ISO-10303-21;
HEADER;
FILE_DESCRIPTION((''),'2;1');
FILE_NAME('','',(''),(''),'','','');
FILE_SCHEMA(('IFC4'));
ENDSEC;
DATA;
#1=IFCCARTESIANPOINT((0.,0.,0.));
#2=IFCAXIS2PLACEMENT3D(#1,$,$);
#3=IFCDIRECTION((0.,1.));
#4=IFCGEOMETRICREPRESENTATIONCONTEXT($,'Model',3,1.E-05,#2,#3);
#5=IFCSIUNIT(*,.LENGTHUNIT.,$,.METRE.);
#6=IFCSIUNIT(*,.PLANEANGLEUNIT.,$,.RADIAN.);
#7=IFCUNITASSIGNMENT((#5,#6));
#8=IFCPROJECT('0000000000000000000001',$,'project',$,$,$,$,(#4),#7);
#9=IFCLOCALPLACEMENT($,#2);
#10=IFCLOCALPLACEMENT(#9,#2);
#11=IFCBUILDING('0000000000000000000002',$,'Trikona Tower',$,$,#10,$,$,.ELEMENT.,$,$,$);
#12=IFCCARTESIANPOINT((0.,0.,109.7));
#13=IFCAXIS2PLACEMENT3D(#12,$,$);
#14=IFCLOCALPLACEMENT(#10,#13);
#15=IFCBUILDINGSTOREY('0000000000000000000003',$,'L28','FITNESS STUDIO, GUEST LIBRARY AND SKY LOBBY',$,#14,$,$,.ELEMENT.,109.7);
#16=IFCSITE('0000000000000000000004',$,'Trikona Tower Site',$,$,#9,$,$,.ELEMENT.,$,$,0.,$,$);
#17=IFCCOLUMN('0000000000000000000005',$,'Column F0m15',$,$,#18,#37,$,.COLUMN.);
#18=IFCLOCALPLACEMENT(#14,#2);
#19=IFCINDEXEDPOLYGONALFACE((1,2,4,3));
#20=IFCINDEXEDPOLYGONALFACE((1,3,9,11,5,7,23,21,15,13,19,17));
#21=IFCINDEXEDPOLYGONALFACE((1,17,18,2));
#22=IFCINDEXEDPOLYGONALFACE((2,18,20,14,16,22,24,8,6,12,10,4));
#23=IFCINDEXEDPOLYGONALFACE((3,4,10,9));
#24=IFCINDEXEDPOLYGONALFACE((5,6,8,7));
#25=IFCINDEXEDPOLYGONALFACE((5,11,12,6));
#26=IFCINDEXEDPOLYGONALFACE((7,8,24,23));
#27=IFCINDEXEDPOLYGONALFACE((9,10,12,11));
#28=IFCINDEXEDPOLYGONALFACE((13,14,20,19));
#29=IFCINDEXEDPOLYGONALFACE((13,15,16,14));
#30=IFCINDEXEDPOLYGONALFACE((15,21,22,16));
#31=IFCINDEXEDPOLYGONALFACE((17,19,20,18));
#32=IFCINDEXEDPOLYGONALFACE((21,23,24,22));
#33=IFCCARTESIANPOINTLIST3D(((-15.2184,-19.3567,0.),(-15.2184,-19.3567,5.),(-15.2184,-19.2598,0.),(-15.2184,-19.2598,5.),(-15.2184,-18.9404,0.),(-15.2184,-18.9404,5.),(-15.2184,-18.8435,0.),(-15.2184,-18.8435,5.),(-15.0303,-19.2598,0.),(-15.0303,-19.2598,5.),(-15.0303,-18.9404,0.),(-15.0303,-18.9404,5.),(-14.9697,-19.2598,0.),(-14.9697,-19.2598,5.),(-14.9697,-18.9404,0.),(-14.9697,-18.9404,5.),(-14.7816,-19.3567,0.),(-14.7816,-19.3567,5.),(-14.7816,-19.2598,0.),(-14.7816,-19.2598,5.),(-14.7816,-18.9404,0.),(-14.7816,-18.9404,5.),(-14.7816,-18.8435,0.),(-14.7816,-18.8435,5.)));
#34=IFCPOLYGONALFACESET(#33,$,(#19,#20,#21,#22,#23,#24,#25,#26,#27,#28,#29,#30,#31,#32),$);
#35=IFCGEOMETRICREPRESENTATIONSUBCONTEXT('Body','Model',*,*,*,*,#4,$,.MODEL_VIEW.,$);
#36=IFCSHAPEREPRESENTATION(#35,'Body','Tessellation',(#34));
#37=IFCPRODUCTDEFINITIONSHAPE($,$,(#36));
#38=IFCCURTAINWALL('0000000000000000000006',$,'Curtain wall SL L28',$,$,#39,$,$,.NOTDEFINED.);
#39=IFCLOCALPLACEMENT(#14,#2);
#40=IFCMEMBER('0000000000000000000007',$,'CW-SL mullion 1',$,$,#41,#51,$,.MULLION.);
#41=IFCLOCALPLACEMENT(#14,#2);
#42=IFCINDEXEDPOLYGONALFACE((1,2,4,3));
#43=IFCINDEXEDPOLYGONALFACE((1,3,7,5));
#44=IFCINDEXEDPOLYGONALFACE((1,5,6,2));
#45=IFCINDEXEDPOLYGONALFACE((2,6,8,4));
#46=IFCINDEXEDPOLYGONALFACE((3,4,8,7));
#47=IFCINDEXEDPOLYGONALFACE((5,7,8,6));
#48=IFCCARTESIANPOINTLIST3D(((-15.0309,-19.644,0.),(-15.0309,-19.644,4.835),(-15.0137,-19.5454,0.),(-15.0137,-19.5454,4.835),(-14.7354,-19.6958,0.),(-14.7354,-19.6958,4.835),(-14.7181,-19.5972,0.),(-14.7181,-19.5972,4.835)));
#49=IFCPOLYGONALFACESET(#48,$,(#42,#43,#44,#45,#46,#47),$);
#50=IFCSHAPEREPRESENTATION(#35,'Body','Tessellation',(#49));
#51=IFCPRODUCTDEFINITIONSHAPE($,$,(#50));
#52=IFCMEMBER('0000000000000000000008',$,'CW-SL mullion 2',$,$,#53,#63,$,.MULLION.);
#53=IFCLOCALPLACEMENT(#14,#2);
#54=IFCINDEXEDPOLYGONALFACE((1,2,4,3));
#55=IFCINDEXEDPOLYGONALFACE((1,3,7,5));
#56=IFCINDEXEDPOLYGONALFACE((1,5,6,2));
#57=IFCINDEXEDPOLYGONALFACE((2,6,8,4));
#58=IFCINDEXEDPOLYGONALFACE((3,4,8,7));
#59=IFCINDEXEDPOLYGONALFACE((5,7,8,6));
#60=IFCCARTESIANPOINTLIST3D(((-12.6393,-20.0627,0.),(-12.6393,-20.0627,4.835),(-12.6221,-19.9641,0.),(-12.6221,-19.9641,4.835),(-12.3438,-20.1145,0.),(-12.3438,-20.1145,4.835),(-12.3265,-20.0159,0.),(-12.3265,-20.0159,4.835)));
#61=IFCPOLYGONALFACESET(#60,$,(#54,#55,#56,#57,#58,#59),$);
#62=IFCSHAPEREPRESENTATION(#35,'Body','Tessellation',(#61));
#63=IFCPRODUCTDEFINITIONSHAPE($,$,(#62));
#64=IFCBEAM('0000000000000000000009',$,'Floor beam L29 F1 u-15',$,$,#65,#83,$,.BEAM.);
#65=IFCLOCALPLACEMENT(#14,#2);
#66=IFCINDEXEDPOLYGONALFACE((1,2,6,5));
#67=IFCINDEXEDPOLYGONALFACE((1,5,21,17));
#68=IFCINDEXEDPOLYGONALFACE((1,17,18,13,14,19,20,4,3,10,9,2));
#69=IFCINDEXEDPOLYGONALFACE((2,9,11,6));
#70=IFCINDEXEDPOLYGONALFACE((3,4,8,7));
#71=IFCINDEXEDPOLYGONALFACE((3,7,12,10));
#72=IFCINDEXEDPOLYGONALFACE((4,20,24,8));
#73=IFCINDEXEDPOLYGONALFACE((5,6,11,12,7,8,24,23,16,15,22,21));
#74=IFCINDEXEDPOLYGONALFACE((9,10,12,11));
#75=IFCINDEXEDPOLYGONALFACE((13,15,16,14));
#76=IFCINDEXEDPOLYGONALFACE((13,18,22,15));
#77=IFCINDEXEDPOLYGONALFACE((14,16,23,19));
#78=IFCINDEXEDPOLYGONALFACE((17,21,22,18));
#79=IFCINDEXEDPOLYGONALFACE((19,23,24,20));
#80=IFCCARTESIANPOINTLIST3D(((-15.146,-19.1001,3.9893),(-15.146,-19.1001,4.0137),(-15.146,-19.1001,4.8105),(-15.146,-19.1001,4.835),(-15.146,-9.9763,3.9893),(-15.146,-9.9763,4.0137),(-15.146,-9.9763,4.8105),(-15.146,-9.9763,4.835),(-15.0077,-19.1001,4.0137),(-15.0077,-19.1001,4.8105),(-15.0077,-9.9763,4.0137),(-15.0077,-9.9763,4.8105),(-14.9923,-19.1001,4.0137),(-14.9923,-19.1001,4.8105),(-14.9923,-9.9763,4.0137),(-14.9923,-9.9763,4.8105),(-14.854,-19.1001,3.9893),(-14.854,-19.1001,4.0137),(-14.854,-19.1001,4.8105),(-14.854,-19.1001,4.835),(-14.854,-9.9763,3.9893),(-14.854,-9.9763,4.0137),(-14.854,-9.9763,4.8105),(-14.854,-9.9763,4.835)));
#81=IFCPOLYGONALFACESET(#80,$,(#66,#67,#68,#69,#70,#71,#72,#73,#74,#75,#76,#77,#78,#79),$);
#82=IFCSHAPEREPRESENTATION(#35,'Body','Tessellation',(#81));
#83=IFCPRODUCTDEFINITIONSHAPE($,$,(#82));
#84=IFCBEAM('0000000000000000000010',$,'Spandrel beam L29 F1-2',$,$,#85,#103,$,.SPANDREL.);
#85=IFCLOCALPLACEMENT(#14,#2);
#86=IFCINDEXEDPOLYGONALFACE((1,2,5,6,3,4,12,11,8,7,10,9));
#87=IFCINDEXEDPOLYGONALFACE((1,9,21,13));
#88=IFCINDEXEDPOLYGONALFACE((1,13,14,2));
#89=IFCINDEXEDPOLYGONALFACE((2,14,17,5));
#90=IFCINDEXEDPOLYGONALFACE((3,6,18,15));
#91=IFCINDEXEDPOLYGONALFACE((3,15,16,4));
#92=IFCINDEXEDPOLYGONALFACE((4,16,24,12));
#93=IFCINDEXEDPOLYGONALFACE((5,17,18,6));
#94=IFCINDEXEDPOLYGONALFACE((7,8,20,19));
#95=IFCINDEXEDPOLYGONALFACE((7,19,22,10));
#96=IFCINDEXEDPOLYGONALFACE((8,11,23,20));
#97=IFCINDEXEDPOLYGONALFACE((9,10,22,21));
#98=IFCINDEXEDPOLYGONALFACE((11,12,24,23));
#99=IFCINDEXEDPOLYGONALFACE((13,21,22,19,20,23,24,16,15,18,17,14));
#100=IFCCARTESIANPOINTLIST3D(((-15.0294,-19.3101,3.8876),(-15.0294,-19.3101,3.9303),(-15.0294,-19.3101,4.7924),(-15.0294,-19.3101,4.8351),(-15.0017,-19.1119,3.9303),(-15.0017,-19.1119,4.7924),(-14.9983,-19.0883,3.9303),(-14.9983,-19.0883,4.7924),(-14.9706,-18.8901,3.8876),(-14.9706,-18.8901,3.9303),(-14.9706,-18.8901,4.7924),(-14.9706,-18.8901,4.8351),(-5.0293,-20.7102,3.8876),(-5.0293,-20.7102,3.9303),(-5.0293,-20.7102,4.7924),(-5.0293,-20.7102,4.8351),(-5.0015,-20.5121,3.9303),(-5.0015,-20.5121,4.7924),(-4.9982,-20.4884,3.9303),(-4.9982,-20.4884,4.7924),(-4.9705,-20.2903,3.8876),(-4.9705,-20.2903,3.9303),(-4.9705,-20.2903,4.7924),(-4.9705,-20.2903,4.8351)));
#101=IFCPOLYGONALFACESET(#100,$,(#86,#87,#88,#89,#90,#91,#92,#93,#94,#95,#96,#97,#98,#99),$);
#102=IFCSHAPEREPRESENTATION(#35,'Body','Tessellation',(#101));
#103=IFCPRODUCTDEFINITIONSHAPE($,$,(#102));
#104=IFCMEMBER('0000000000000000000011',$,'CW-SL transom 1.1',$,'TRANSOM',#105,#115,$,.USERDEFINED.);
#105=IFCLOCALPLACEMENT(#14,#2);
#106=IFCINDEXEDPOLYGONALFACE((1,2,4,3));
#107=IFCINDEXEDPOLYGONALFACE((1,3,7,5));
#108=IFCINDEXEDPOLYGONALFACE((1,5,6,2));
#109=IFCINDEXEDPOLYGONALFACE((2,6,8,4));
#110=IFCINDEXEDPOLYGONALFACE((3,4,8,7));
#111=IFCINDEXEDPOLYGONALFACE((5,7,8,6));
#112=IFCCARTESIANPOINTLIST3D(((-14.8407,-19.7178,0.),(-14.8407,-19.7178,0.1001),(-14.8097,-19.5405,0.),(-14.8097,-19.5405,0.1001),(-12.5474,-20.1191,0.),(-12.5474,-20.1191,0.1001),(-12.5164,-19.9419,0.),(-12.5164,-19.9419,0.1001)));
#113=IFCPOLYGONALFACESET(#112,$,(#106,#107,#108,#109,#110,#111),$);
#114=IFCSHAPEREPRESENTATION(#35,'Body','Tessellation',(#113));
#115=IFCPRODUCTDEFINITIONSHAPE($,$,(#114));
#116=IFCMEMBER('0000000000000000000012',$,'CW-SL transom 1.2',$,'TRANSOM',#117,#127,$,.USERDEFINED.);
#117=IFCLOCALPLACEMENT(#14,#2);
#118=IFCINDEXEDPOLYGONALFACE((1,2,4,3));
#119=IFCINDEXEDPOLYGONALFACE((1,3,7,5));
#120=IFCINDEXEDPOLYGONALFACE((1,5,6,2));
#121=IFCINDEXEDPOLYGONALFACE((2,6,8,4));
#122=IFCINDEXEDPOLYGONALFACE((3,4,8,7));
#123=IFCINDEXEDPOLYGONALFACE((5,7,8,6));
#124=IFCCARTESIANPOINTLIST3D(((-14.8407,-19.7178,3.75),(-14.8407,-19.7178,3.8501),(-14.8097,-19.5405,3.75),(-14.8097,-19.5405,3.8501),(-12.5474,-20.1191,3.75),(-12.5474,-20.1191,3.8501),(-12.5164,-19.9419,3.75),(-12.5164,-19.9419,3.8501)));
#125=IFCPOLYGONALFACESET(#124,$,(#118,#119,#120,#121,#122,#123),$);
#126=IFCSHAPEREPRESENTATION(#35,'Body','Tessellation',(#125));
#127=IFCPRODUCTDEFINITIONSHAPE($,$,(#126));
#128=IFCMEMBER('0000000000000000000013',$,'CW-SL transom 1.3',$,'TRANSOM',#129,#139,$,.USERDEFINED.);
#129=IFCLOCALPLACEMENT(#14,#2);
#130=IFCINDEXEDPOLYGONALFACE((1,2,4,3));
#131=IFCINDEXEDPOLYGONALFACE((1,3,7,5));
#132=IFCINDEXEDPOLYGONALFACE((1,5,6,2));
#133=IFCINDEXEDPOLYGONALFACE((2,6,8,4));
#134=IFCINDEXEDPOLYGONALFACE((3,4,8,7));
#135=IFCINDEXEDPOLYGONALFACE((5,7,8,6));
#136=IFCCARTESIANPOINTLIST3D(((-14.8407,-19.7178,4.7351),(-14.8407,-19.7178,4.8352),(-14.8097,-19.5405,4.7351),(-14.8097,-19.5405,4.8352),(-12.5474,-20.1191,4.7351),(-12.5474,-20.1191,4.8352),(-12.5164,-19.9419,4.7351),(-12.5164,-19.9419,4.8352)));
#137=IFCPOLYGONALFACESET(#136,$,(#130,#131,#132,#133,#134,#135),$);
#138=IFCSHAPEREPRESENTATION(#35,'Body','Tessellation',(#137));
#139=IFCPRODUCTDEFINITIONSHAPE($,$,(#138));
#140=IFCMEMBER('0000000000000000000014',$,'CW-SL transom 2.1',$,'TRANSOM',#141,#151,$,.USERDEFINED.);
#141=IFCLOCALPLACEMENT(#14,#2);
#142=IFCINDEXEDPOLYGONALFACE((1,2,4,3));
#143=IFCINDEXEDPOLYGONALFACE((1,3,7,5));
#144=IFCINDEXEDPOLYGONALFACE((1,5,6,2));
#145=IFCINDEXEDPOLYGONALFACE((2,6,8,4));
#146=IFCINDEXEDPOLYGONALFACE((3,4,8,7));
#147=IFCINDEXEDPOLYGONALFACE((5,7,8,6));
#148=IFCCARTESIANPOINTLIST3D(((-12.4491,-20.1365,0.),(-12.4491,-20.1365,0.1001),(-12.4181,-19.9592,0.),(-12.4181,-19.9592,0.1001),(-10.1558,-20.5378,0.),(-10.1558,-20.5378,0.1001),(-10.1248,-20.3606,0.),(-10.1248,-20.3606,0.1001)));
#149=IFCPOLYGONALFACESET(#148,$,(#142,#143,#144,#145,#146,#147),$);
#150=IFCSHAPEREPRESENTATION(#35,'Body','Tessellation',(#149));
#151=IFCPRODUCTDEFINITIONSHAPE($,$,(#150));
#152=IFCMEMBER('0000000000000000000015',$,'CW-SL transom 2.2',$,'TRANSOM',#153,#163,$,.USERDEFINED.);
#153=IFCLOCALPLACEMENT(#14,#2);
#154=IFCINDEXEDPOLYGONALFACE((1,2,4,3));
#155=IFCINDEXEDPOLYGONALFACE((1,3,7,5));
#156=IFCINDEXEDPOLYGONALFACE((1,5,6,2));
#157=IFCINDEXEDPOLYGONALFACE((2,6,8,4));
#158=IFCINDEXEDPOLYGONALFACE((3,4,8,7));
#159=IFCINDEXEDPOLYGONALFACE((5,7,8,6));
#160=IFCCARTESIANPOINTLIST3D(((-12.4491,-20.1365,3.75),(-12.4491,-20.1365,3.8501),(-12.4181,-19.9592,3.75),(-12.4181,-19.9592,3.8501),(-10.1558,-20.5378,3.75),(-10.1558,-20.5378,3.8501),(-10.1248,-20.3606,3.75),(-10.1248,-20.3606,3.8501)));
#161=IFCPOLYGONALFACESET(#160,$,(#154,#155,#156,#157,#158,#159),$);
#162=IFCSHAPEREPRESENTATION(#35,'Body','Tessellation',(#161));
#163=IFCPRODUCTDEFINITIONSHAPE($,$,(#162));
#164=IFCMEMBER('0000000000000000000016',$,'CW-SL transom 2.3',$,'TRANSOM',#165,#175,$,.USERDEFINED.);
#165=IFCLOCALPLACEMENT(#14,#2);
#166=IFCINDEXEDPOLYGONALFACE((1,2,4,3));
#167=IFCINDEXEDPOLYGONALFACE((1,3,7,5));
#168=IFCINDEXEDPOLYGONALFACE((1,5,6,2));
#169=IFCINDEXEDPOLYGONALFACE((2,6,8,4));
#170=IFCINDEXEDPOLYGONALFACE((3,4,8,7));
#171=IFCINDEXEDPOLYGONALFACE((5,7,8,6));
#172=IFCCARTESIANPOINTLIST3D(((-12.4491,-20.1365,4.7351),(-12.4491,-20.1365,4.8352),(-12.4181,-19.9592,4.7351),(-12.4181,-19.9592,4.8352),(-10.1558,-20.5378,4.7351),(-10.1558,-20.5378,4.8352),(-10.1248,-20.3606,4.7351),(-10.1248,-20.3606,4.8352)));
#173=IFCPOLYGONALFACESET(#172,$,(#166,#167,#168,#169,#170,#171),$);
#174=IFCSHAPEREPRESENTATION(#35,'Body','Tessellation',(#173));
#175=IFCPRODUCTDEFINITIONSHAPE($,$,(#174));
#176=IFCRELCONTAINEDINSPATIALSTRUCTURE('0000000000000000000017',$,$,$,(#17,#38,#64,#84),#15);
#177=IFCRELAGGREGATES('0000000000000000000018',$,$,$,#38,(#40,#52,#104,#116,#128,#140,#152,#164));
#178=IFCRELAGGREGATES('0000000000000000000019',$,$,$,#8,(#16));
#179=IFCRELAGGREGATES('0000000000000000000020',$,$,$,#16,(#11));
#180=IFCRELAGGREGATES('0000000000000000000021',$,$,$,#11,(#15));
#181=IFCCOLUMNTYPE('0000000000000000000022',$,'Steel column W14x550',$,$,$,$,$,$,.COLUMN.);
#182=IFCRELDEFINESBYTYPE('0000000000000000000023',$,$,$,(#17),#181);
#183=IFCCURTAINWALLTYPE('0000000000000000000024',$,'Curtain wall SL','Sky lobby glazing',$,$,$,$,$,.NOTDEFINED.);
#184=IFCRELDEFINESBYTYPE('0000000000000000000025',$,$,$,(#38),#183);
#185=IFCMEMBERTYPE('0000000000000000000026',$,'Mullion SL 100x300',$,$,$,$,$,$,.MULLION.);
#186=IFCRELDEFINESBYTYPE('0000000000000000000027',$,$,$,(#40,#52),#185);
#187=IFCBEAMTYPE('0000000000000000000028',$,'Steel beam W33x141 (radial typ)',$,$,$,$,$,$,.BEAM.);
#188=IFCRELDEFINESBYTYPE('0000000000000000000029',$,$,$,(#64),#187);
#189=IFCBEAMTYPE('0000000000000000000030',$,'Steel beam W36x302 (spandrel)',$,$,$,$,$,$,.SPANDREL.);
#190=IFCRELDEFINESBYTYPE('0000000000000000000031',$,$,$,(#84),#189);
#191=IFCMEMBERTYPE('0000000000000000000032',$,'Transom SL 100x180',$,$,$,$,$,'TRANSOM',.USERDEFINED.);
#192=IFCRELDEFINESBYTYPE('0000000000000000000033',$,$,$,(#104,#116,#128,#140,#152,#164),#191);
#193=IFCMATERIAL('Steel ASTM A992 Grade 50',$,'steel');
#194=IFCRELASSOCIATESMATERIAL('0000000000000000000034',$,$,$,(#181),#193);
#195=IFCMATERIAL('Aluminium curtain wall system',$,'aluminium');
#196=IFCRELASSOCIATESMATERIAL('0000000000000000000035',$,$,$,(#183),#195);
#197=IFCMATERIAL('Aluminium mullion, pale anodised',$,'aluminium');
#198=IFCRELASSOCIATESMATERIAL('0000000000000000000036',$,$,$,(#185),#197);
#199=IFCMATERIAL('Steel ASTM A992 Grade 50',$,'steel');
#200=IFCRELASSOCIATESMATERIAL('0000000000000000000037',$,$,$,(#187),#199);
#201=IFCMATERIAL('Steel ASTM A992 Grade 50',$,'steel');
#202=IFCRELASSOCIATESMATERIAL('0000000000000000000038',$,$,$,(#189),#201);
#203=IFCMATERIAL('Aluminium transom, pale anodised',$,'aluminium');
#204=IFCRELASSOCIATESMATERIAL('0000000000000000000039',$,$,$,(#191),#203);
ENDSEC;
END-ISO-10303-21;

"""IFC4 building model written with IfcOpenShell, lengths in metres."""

from ifc_helpers import new_model, si_unit, direction, frame, origin, origin_2d, place, context, subcontext, project, spatial, rectangle, i_section, extrude, material, material_profile, profile_set, type_object, element, aggregate, save


model = new_model("IFC4")

# Units and contexts
model_context = context("Model", 3, precision=1e-05, world=origin(), true_north=direction((0.0, 1.0)))
body_context = subcontext(model_context, "Body", "Model", "MODEL_VIEW")
ifc_project = project(units=[si_unit("LENGTHUNIT", "METRE"), si_unit("PLANEANGLEUNIT", "RADIAN")], contexts=[model_context])

# Site, building, storey
site_placement = place(None, origin())
site = spatial("IfcSite", under=ifc_project, at=site_placement, Name="Trikona Tower Site", CompositionType="ELEMENT", RefElevation=0.0)
building_placement = place(site_placement, origin())
building = spatial("IfcBuilding", under=site, at=building_placement, Name="Trikona Tower", CompositionType="ELEMENT")
storey_placement = place(building_placement, frame((0.0, 0.0, 109.7)))
storey = spatial("IfcBuildingStorey", under=building, at=storey_placement, Name="L28", Description="FITNESS STUDIO, GUEST LIBRARY AND SKY LOBBY", CompositionType="ELEMENT", Elevation=109.7)

# Column
ifc_material_1 = material(Name="Steel ASTM A992 Grade 50", Category="steel")
ifc_material_profile_1 = material_profile(ifc_material_1, i_section(OverallWidth=0.4368, OverallDepth=0.5132, WebThickness=0.0605, FlangeThickness=0.0969, at=origin_2d()), Name="W14X550")
ifc_profile_set_1 = profile_set([ifc_material_profile_1], Name="Steel ASTM A992 Grade 50")
column_type = type_object("IfcColumnType", Name="Steel column W14x550", PredefinedType="COLUMN", material=ifc_profile_set_1)
column_placement = place(storey_placement, frame((-15.0, -19.1001, 0.0), z_axis=(0.0, 0.0, 1.0), x_axis=(1.0, 0.0, 0.0)))
element("IfcColumn", 1, at=column_placement, inside=storey, type_object=column_type, Name="Column F0m15", PredefinedType="COLUMN", context=body_context, shape_type="SweptSolid", body=[
    extrude(i_section(OverallWidth=0.4368, OverallDepth=0.5132, WebThickness=0.0605, FlangeThickness=0.0969, at=origin_2d()), origin(), (0.0, 0.0, 1.0), 5.0),
])

# Curtain wall, members
ifc_material_2 = material(Name="Aluminium curtain wall system", Category="aluminium")
curtain_wall_type = type_object("IfcCurtainWallType", Name="Curtain wall SL", Description="Sky lobby glazing", PredefinedType="NOTDEFINED", material=ifc_material_2)
curtain_wall_placement = place(storey_placement, origin())
curtain_wall = element("IfcCurtainWall", 2, at=curtain_wall_placement, inside=storey, type_object=curtain_wall_type, Name="Curtain wall SL L28", PredefinedType="NOTDEFINED")
ifc_material_3 = material(Name="Aluminium mullion, pale anodised", Category="aluminium")
ifc_material_profile_2 = material_profile(ifc_material_3, rectangle(XDim=0.1001, YDim=0.3, at=origin_2d()), Name="MUL-SL")
ifc_profile_set_2 = profile_set([ifc_material_profile_2], Name="Aluminium mullion, pale anodised")
member_type_1 = type_object("IfcMemberType", Name="Mullion SL 100x300", PredefinedType="MULLION", material=ifc_profile_set_2)
member_1_placement = place(storey_placement, frame((-14.8745, -19.6206, 0.0), z_axis=(0.0, 0.0, 1.0), x_axis=(0.172397, 0.985028, 0.0)))
member_1 = element("IfcMember", 3, at=member_1_placement, type_object=member_type_1, Name="CW-SL mullion 1", PredefinedType="MULLION", context=body_context, shape_type="SweptSolid", body=[
    extrude(rectangle(XDim=0.1001, YDim=0.3, at=origin_2d()), origin(), (0.0, 0.0, 1.0), 4.835),
])
member_2_placement = place(storey_placement, frame((-12.4829, -20.0393, 0.0), z_axis=(0.0, 0.0, 1.0), x_axis=(0.172397, 0.985028, 0.0)))
member_2 = element("IfcMember", 4, at=member_2_placement, type_object=member_type_1, Name="CW-SL mullion 2", PredefinedType="MULLION", context=body_context, shape_type="SweptSolid", body=[
    extrude(rectangle(XDim=0.1001, YDim=0.3, at=origin_2d()), origin(), (0.0, 0.0, 1.0), 4.835),
])

# Beams
ifc_material_4 = material(Name="Steel ASTM A992 Grade 50", Category="steel")
ifc_material_profile_3 = material_profile(ifc_material_4, i_section(OverallWidth=0.292, OverallDepth=0.8457, WebThickness=0.0154, FlangeThickness=0.0244, at=origin_2d()), Name="W33X141")
ifc_profile_set_3 = profile_set([ifc_material_profile_3], Name="Steel ASTM A992 Grade 50")
beam_type_1 = type_object("IfcBeamType", Name="Steel beam W33x141 (radial typ)", PredefinedType="BEAM", material=ifc_profile_set_3)
beam_1_placement = place(storey_placement, frame((-15.0, -9.9763, 4.4121), z_axis=(0.0, -1.0, 0.0), x_axis=(1.0, 0.0, 0.0)))
element("IfcBeam", 5, at=beam_1_placement, inside=storey, type_object=beam_type_1, Name="Floor beam L29 F1 u-15", PredefinedType="BEAM", context=body_context, shape_type="SweptSolid", body=[
    extrude(i_section(OverallWidth=0.292, OverallDepth=0.8457, WebThickness=0.0154, FlangeThickness=0.0244, at=origin_2d()), origin(), (0.0, 0.0, 1.0), 9.1238),
])
ifc_material_5 = material(Name="Steel ASTM A992 Grade 50", Category="steel")
ifc_material_profile_4 = material_profile(ifc_material_5, i_section(OverallWidth=0.4241, OverallDepth=0.9475, WebThickness=0.0239, FlangeThickness=0.0427, at=origin_2d()), Name="W36X302")
ifc_profile_set_4 = profile_set([ifc_material_profile_4], Name="Steel ASTM A992 Grade 50")
beam_type_2 = type_object("IfcBeamType", Name="Steel beam W36x302 (spandrel)", PredefinedType="SPANDREL", material=ifc_profile_set_4)
beam_2_placement = place(storey_placement, frame((-15.0, -19.1001, 4.3613), z_axis=(0.99034, -0.138662, 0.0), x_axis=(0.138662, 0.99034, 0.0)))
element("IfcBeam", 6, at=beam_2_placement, inside=storey, type_object=beam_type_2, Name="Spandrel beam L29 F1-2", PredefinedType="SPANDREL", context=body_context, shape_type="SweptSolid", body=[
    extrude(i_section(OverallWidth=0.4241, OverallDepth=0.9475, WebThickness=0.0239, FlangeThickness=0.0427, at=origin_2d()), origin(), (0.0, 0.0, 1.0), 10.0977),
])

# Members
ifc_material_6 = material(Name="Aluminium transom, pale anodised", Category="aluminium")
ifc_material_profile_5 = material_profile(ifc_material_6, rectangle(XDim=0.1799, YDim=0.1001, at=origin_2d()), Name="TRN-SL")
ifc_profile_set_5 = profile_set([ifc_material_profile_5], Name="Aluminium transom, pale anodised")
member_type_2 = type_object("IfcMemberType", Name="Transom SL 100x180", ElementType="TRANSOM", PredefinedType="USERDEFINED", material=ifc_profile_set_5)
member_3_placement = place(storey_placement, frame((-14.8252, -19.6292, 0.05), z_axis=(0.985026, -0.172403, 0.0), x_axis=(0.172403, 0.985026, 0.0)))
member_3 = element("IfcMember", 7, at=member_3_placement, type_object=member_type_2, Name="CW-SL transom 1.1", ObjectType="TRANSOM", PredefinedType="USERDEFINED", context=body_context, shape_type="SweptSolid", body=[
    extrude(rectangle(XDim=0.1799, YDim=0.1001, at=origin_2d()), origin(), (0.0, 0.0, 1.0), 2.3281),
])
member_4_placement = place(storey_placement, frame((-14.8252, -19.6292, 3.8), z_axis=(0.985026, -0.172403, 0.0), x_axis=(0.172403, 0.985026, 0.0)))
member_4 = element("IfcMember", 8, at=member_4_placement, type_object=member_type_2, Name="CW-SL transom 1.2", ObjectType="TRANSOM", PredefinedType="USERDEFINED", context=body_context, shape_type="SweptSolid", body=[
    extrude(rectangle(XDim=0.1799, YDim=0.1001, at=origin_2d()), origin(), (0.0, 0.0, 1.0), 2.3281),
])
member_5_placement = place(storey_placement, frame((-14.8252, -19.6292, 4.7852), z_axis=(0.985026, -0.172403, 0.0), x_axis=(0.172403, 0.985026, 0.0)))
member_5 = element("IfcMember", 9, at=member_5_placement, type_object=member_type_2, Name="CW-SL transom 1.3", ObjectType="TRANSOM", PredefinedType="USERDEFINED", context=body_context, shape_type="SweptSolid", body=[
    extrude(rectangle(XDim=0.1799, YDim=0.1001, at=origin_2d()), origin(), (0.0, 0.0, 1.0), 2.3281),
])
member_6_placement = place(storey_placement, frame((-12.4336, -20.0479, 0.05), z_axis=(0.985026, -0.172403, 0.0), x_axis=(0.172403, 0.985026, 0.0)))
member_6 = element("IfcMember", 10, at=member_6_placement, type_object=member_type_2, Name="CW-SL transom 2.1", ObjectType="TRANSOM", PredefinedType="USERDEFINED", context=body_context, shape_type="SweptSolid", body=[
    extrude(rectangle(XDim=0.1799, YDim=0.1001, at=origin_2d()), origin(), (0.0, 0.0, 1.0), 2.3281),
])
member_7_placement = place(storey_placement, frame((-12.4336, -20.0479, 3.8), z_axis=(0.985026, -0.172403, 0.0), x_axis=(0.172403, 0.985026, 0.0)))
member_7 = element("IfcMember", 11, at=member_7_placement, type_object=member_type_2, Name="CW-SL transom 2.2", ObjectType="TRANSOM", PredefinedType="USERDEFINED", context=body_context, shape_type="SweptSolid", body=[
    extrude(rectangle(XDim=0.1799, YDim=0.1001, at=origin_2d()), origin(), (0.0, 0.0, 1.0), 2.3281),
])
member_8_placement = place(storey_placement, frame((-12.4336, -20.0479, 4.7852), z_axis=(0.985026, -0.172403, 0.0), x_axis=(0.172403, 0.985026, 0.0)))
member_8 = element("IfcMember", 12, at=member_8_placement, type_object=member_type_2, Name="CW-SL transom 2.3", ObjectType="TRANSOM", PredefinedType="USERDEFINED", context=body_context, shape_type="SweptSolid", body=[
    extrude(rectangle(XDim=0.1799, YDim=0.1001, at=origin_2d()), origin(), (0.0, 0.0, 1.0), 2.3281),
])

aggregate(curtain_wall, [member_1, member_2, member_3, member_4, member_5, member_6, member_7, member_8])

save(model, "model.ifc")
